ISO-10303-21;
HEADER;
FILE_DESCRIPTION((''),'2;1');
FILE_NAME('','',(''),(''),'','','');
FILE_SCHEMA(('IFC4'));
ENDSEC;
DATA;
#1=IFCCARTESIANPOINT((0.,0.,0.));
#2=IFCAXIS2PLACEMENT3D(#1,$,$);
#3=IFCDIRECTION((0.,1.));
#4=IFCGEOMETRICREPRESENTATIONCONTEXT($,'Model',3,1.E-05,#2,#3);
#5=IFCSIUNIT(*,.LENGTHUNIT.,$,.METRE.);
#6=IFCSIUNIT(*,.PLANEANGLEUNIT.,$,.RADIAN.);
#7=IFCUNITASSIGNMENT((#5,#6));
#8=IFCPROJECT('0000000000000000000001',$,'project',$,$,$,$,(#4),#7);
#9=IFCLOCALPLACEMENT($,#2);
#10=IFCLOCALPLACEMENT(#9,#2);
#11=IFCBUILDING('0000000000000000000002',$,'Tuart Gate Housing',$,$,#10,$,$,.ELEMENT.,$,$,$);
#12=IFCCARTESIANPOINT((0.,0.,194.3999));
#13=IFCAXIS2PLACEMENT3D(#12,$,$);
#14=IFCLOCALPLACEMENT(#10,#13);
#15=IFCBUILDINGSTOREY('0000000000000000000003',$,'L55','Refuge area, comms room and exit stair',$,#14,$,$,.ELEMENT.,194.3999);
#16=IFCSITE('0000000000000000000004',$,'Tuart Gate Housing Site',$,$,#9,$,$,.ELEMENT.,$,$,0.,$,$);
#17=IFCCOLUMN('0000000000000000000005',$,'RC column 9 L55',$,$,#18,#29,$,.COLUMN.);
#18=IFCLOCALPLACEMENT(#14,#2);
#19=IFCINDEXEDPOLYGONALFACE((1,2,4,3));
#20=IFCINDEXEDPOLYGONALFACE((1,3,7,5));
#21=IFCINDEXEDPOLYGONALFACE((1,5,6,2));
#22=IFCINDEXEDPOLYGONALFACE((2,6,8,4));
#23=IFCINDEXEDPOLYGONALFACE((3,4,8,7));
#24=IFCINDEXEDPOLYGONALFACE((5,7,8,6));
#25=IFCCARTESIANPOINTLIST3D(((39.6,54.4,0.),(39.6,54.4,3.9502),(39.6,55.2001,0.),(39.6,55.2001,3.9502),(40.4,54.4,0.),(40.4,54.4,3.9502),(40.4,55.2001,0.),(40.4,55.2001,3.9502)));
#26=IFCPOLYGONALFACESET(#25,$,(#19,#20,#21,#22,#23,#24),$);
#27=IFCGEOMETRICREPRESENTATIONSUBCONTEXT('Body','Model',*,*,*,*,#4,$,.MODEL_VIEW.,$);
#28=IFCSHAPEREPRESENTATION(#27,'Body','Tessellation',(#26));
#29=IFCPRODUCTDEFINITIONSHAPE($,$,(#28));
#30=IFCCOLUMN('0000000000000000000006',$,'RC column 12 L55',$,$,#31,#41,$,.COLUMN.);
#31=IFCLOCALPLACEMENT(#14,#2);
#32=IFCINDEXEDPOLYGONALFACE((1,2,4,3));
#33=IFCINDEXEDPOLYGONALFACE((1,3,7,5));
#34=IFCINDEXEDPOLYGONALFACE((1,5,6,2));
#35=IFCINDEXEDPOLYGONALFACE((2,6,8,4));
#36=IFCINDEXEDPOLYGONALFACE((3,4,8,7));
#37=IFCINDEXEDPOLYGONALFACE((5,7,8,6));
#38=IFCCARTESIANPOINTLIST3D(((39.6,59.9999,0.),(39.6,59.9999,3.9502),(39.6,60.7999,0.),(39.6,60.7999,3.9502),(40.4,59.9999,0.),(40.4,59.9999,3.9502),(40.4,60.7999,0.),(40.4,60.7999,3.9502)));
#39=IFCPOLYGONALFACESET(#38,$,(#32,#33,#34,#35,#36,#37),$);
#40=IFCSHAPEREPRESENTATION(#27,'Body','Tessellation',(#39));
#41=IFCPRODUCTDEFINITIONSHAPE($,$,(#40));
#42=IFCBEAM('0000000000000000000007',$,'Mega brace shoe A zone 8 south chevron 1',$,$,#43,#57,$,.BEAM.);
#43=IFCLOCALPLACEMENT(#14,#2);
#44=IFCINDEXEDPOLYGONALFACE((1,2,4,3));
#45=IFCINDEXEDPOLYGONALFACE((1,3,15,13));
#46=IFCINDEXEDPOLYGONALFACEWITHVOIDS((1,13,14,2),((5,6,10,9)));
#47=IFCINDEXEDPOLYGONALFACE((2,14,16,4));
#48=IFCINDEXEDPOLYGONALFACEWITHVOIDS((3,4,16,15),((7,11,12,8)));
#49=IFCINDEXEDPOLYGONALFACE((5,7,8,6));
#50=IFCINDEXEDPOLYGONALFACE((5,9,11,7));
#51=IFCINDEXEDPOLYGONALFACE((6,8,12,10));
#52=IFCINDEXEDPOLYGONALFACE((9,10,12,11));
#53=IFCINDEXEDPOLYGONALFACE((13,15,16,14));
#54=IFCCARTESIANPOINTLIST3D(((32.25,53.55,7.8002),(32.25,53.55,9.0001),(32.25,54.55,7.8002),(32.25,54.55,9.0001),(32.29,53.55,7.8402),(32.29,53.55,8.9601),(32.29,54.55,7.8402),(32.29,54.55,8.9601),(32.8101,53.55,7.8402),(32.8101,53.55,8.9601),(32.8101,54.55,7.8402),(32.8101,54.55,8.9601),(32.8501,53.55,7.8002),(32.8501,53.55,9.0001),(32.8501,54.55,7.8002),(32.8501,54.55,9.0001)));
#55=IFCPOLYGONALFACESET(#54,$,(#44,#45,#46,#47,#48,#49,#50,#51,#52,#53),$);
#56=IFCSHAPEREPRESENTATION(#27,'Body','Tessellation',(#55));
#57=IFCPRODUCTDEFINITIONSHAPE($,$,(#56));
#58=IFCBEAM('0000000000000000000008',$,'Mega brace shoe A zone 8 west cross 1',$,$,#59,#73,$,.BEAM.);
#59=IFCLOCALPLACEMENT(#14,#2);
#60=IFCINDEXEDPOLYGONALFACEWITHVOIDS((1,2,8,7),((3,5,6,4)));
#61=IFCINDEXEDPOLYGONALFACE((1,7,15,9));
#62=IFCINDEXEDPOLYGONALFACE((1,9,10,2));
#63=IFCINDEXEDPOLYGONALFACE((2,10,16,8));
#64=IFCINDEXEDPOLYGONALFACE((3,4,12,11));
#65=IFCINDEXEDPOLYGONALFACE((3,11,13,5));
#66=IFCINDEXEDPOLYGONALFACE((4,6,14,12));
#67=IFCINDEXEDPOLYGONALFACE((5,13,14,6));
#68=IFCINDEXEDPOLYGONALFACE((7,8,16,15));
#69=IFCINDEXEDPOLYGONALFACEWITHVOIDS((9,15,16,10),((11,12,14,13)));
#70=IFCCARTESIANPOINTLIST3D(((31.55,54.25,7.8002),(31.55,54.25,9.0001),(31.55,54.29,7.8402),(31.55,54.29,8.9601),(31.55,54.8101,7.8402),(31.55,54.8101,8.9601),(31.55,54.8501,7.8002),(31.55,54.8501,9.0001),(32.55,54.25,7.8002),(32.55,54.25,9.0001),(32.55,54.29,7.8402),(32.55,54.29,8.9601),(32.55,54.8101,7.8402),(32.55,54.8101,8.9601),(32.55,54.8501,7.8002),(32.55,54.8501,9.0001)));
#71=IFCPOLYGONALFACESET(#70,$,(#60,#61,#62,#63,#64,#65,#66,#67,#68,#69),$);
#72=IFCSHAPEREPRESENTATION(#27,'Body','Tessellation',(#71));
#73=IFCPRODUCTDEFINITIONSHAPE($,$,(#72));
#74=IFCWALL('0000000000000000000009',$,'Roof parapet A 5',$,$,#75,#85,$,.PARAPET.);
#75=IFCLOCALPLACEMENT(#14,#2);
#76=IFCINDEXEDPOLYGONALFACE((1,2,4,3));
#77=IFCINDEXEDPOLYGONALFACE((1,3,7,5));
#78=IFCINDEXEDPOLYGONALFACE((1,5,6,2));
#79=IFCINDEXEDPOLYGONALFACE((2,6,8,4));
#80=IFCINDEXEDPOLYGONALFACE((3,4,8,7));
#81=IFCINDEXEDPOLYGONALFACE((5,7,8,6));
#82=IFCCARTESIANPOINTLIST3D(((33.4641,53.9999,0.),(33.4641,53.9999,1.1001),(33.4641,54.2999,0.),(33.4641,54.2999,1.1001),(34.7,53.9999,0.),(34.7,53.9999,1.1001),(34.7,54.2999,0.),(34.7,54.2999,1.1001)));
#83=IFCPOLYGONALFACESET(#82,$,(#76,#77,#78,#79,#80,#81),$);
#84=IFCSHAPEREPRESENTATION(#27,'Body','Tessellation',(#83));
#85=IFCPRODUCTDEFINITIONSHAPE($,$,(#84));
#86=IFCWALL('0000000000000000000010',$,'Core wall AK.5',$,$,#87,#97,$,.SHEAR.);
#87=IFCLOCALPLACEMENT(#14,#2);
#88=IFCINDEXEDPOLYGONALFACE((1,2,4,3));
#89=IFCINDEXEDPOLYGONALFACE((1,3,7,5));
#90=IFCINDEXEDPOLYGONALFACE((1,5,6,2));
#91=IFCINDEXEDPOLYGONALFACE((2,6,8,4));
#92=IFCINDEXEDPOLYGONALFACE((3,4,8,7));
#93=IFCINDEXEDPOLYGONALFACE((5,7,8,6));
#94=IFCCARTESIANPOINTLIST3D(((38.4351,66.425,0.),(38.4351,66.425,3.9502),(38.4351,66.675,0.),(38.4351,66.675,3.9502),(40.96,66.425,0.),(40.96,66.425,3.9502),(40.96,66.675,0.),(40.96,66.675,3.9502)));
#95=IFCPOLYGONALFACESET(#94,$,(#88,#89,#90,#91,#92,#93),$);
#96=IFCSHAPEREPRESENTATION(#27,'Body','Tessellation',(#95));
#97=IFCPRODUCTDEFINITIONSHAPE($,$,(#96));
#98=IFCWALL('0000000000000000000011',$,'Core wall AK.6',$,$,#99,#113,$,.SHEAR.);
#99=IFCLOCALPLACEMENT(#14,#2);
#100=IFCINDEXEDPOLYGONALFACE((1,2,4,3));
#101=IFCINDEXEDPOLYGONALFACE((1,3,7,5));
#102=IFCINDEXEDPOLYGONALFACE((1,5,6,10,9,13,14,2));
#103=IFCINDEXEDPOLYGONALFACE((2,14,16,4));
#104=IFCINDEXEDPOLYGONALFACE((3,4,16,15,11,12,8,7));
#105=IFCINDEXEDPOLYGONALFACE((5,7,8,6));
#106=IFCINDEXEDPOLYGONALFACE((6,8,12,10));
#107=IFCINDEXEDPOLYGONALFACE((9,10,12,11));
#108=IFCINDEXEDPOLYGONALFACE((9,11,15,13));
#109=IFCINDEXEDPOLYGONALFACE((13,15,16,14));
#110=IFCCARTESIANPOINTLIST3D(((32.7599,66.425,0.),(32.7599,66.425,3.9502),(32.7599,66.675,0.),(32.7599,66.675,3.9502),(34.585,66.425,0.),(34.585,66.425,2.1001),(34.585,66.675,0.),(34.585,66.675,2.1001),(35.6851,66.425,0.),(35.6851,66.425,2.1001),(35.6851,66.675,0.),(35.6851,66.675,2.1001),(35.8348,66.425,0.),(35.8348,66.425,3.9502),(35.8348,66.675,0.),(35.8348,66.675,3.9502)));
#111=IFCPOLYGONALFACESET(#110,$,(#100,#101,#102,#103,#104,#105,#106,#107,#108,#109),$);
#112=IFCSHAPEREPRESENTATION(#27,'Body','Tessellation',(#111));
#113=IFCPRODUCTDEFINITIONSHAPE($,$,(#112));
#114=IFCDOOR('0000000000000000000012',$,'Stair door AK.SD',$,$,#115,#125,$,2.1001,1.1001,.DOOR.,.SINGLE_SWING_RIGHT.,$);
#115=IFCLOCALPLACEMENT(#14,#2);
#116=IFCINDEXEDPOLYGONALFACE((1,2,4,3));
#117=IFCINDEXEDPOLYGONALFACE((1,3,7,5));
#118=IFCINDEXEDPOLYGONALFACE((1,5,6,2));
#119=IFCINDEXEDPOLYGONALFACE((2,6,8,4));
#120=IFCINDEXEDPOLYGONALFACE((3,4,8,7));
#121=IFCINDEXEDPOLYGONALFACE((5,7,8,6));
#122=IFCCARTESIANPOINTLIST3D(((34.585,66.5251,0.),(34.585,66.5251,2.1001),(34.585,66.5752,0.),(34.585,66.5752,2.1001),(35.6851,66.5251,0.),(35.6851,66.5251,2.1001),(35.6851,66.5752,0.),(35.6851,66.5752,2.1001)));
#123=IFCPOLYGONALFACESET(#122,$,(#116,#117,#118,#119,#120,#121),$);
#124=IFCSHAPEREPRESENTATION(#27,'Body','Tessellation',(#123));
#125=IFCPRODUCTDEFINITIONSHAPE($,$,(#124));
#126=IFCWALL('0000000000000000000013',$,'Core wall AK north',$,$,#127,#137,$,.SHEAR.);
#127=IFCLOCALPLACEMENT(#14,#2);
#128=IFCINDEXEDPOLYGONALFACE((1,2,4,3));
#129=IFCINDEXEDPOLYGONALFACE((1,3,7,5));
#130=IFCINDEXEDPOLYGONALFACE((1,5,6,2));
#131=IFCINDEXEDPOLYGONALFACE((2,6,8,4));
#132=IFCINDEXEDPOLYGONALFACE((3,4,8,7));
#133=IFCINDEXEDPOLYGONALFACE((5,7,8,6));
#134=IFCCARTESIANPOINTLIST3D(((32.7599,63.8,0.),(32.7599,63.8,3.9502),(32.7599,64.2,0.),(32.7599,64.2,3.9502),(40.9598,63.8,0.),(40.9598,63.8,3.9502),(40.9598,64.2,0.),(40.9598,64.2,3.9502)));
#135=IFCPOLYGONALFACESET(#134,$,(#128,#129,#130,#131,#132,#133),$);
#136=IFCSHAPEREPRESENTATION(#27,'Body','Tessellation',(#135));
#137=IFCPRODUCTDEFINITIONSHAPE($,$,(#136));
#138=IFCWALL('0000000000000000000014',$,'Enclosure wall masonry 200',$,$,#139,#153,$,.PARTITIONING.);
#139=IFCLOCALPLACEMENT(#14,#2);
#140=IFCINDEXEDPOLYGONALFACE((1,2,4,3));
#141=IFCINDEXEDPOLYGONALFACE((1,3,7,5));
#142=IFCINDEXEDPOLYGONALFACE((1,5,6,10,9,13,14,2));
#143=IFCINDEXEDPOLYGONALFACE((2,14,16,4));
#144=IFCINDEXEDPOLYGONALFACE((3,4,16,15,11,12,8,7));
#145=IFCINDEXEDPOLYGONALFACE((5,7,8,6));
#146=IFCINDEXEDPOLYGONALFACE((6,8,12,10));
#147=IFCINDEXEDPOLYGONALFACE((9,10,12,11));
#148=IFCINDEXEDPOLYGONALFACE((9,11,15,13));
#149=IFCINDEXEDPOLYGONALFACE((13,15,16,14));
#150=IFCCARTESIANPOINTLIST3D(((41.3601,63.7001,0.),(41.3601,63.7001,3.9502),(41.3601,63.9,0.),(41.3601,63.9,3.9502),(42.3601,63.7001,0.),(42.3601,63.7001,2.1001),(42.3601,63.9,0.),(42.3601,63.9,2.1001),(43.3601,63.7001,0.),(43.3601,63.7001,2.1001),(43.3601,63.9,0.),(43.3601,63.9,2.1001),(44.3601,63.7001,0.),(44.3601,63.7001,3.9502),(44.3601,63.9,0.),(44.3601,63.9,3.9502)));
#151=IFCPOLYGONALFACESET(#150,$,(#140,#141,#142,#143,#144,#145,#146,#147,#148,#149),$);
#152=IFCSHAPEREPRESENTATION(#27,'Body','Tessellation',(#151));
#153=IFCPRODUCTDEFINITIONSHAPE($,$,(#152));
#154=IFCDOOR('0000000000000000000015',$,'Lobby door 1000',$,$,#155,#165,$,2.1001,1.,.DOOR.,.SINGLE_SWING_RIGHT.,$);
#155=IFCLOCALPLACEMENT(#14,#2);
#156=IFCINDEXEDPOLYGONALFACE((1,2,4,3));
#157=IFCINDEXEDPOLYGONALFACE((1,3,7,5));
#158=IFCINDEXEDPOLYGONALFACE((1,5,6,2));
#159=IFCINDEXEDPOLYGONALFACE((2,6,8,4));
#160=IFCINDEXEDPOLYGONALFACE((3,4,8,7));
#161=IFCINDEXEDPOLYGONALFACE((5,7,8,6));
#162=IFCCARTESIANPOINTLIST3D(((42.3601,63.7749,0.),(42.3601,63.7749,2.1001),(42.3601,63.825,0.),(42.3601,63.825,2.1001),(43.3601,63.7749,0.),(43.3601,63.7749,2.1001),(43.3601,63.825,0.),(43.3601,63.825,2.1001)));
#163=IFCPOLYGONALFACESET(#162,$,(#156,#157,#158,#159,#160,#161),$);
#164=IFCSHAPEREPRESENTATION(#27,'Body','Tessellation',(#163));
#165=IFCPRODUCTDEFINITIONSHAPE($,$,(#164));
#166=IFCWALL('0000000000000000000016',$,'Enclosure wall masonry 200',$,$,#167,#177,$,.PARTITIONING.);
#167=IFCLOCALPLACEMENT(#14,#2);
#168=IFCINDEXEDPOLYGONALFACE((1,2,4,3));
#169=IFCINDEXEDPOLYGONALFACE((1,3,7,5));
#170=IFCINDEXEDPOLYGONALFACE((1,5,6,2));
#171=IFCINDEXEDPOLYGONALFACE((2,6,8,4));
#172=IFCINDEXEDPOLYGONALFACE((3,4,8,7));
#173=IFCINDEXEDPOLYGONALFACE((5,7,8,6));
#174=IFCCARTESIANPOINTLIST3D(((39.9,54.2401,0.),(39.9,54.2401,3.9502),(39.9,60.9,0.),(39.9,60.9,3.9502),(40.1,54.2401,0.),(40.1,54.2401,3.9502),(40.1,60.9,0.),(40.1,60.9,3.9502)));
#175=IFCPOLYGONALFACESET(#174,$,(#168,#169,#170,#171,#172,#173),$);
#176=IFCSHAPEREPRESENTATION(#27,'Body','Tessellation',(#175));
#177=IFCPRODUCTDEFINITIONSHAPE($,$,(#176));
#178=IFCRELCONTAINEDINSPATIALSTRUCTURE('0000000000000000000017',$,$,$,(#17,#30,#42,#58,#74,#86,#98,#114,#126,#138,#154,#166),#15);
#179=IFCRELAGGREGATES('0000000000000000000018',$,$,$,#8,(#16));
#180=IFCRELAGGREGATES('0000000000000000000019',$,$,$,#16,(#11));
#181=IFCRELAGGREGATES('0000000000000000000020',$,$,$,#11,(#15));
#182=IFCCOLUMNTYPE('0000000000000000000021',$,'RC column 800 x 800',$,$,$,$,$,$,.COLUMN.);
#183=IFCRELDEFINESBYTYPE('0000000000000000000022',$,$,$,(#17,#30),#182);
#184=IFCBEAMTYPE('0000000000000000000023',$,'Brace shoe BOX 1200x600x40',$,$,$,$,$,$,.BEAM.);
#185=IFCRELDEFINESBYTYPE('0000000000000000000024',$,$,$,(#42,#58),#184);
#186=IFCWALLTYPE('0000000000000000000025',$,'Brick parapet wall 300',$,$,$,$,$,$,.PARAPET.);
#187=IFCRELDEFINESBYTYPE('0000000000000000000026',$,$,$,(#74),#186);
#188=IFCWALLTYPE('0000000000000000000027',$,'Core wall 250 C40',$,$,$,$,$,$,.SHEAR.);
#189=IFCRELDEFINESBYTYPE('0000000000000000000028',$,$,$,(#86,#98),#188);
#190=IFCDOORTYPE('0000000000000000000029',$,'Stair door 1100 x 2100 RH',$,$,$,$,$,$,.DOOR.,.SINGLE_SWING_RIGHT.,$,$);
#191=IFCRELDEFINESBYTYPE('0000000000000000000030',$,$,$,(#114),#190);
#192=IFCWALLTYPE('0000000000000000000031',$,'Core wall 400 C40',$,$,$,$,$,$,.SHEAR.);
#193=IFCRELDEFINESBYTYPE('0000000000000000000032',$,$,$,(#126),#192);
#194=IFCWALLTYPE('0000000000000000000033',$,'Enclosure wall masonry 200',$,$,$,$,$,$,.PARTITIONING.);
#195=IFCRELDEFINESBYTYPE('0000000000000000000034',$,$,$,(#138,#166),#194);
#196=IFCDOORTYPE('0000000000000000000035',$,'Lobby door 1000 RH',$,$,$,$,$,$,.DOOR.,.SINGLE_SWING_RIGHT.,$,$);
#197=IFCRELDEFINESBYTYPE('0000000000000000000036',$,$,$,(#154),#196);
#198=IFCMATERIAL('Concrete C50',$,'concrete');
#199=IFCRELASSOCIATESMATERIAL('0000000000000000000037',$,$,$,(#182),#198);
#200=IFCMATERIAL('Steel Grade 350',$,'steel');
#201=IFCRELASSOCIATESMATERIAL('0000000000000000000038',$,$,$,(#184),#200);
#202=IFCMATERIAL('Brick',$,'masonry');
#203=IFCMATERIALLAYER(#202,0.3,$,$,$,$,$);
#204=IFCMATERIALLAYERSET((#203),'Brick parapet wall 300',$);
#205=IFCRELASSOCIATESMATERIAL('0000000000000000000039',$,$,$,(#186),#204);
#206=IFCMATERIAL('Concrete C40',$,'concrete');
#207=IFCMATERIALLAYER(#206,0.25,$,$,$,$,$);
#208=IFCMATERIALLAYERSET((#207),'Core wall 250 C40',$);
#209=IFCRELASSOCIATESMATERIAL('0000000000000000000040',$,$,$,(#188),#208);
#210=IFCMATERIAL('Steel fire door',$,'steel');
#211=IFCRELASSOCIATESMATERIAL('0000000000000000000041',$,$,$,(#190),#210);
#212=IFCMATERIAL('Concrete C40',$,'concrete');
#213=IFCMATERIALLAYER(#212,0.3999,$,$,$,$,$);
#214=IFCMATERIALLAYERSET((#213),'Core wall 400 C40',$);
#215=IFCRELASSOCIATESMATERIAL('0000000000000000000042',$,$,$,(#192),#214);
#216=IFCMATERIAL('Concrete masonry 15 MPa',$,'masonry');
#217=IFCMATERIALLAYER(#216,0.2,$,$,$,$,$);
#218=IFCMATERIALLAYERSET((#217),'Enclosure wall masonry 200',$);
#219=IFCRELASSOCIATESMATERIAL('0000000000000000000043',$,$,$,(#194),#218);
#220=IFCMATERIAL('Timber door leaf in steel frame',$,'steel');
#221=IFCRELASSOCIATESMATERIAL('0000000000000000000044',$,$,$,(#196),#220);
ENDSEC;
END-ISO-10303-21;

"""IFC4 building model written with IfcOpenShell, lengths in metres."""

from ifc_helpers import new_model, si_unit, direction, frame, frame_2d, origin, origin_2d, place, context, subcontext, project, spatial, rectangle, hollow_rectangle, extrude, material, layer, layer_set, material_profile, profile_set, type_object, element, fill, save


model = new_model("IFC4")

# Units and contexts
model_context = context("Model", 3, precision=1e-05, world=origin(), true_north=direction((0.0, 1.0)))
body_context = subcontext(model_context, "Body", "Model", "MODEL_VIEW")
ifc_project = project(units=[si_unit("LENGTHUNIT", "METRE"), si_unit("PLANEANGLEUNIT", "RADIAN")], contexts=[model_context])

# Site, building, storey
site_placement = place(None, origin())
site = spatial("IfcSite", under=ifc_project, at=site_placement, Name="Tuart Gate Housing Site", CompositionType="ELEMENT", RefElevation=0.0)
building_placement = place(site_placement, origin())
building = spatial("IfcBuilding", under=site, at=building_placement, Name="Tuart Gate Housing", CompositionType="ELEMENT")
storey_placement = place(building_placement, frame((0.0, 0.0, 194.3999)))
storey = spatial("IfcBuildingStorey", under=building, at=storey_placement, Name="L55", Description="Refuge area, comms room and exit stair", CompositionType="ELEMENT", Elevation=194.3999)

# Columns
ifc_material_1 = material(Name="Concrete C50", Category="concrete")
ifc_material_profile_1 = material_profile(ifc_material_1, rectangle(XDim=0.8, YDim=0.8, at=origin_2d()), Name="RC column 800 x 800")
ifc_profile_set_1 = profile_set([ifc_material_profile_1], Name="Concrete C50")
column_type = type_object("IfcColumnType", Name="RC column 800 x 800", PredefinedType="COLUMN", material=ifc_profile_set_1)
for number, where, z_axis, x_axis, name in (
    (1, (40.0, 54.8, 0.0), (0.0, 0.0, 1.0), (1.0, 0.0, 0.0), "RC column 9 L55"),
    (2, (40.0, 60.3999, 0.0), (0.0, 0.0, 1.0), (1.0, 0.0, 0.0), "RC column 12 L55"),
):
    element("IfcColumn", number, at=place(storey_placement, frame(where, z_axis=z_axis, x_axis=x_axis)), inside=storey, type_object=column_type, Name=name, PredefinedType="COLUMN", context=body_context, shape_type="SweptSolid", body=[
        extrude(rectangle(XDim=0.8, YDim=0.8, at=origin_2d()), origin(), (0.0, 0.0, 1.0), 3.9502),
    ])

# Beams
ifc_material_2 = material(Name="Steel Grade 350", Category="steel")
ifc_material_profile_2 = material_profile(ifc_material_2, hollow_rectangle(XDim=0.6001, YDim=1.2, WallThickness=0.04, at=origin_2d()), Name="BOX 1200x600x40")
ifc_profile_set_2 = profile_set([ifc_material_profile_2], Name="Steel Grade 350")
beam_type = type_object("IfcBeamType", Name="Brace shoe BOX 1200x600x40", PredefinedType="BEAM", material=ifc_profile_set_2)
for number, where, z_axis, x_axis, name in (
    (3, (32.55, 54.55, 8.4001), (0.0, -1.0, 0.0), (1.0, 0.0, 0.0), "Mega brace shoe A zone 8 south chevron 1"),
    (4, (32.55, 54.55, 8.4001), (-1.0, 0.0, 0.0), (0.0, -1.0, 0.0), "Mega brace shoe A zone 8 west cross 1"),
):
    element("IfcBeam", number, at=place(storey_placement, frame(where, z_axis=z_axis, x_axis=x_axis)), inside=storey, type_object=beam_type, Name=name, PredefinedType="BEAM", context=body_context, shape_type="SweptSolid", body=[
        extrude(hollow_rectangle(XDim=0.6001, YDim=1.2, WallThickness=0.04, at=origin_2d()), origin(), (0.0, 0.0, 1.0), 1.0),
    ])

# Wall
ifc_material_3 = material(Name="Brick", Category="masonry")
ifc_layer_1 = layer(ifc_material_3, 0.3)
ifc_layer_set_1 = layer_set([ifc_layer_1], Name="Brick parapet wall 300")
wall_type_1 = type_object("IfcWallType", Name="Brick parapet wall 300", PredefinedType="PARAPET", material=ifc_layer_set_1)
wall_1_placement = place(storey_placement, frame((33.4641, 54.1499, 0.0), z_axis=(0.0, 0.0, 1.0), x_axis=(1.0, 0.0, 0.0)))
element("IfcWall", 5, at=wall_1_placement, inside=storey, type_object=wall_type_1, Name="Roof parapet A 5", PredefinedType="PARAPET", context=body_context, shape_type="SweptSolid", body=[
    extrude(rectangle(XDim=1.2358, YDim=0.3, at=frame_2d((0.6179, 0.0))), origin(), (0.0, 0.0, 1.0), 1.1001),
])

# Wall
ifc_material_4 = material(Name="Concrete C40", Category="concrete")
ifc_layer_2 = layer(ifc_material_4, 0.25)
ifc_layer_set_2 = layer_set([ifc_layer_2], Name="Core wall 250 C40")
wall_type_2 = type_object("IfcWallType", Name="Core wall 250 C40", PredefinedType="SHEAR", material=ifc_layer_set_2)
wall_2_placement = place(storey_placement, frame((40.96, 66.55, 0.0), z_axis=(0.0, 0.0, 1.0), x_axis=(-1.0, 0.0, 0.0)))
element("IfcWall", 6, at=wall_2_placement, inside=storey, type_object=wall_type_2, Name="Core wall AK.5", PredefinedType="SHEAR", context=body_context, shape_type="SweptSolid", body=[
    extrude(rectangle(XDim=2.5249, YDim=0.25, at=frame_2d((1.2625, 0.0))), origin(), (0.0, 0.0, 1.0), 3.9502),
])

# Wall, opening, door
wall_3_placement = place(storey_placement, frame((35.835, 66.55, 0.0), z_axis=(0.0, 0.0, 1.0), x_axis=(-1.0, 0.0, 0.0)))
wall_3 = element("IfcWall", 7, at=wall_3_placement, inside=storey, type_object=wall_type_2, Name="Core wall AK.6", PredefinedType="SHEAR", context=body_context, shape_type="SweptSolid", body=[
    extrude(rectangle(XDim=3.075, YDim=0.25, at=frame_2d((1.5376, 0.0))), origin(), (0.0, 0.0, 1.0), 3.9502),
])
opening_1_placement = place(wall_3_placement, frame((0.1499, 0.0, 0.0)))
opening_1 = element("IfcOpeningElement", 8, at=opening_1_placement, cuts=wall_3, PredefinedType="OPENING", context=body_context, shape_type="SweptSolid", body=[
    extrude(rectangle(XDim=1.1001, YDim=2.1001, at=frame_2d((0.55, 1.05))), frame((0.0, 0.135, 0.0), z_axis=(0.0, -1.0, 0.0), x_axis=(1.0, 0.0, 0.0)), (0.0, 0.0, 1.0), 0.27),
])
ifc_material_5 = material(Name="Steel fire door", Category="steel")
door_type_1 = type_object("IfcDoorType", Name="Stair door 1100 x 2100 RH", OperationType="SINGLE_SWING_RIGHT", PredefinedType="DOOR", material=ifc_material_5)
door_1_placement = place(opening_1_placement, frame((1.1001, 0.0, 0.0), z_axis=(0.0, 0.0, 1.0), x_axis=(-1.0, 0.0, 0.0)))
door_1 = element("IfcDoor", 9, at=door_1_placement, inside=storey, type_object=door_type_1, Name="Stair door AK.SD", OperationType="SINGLE_SWING_RIGHT", OverallHeight=2.1001, OverallWidth=1.1001, PredefinedType="DOOR", context=body_context, shape_type="SweptSolid", body=[
    extrude(rectangle(XDim=1.1001, YDim=2.1001, at=frame_2d((0.55, 1.05))), frame((0.0, 0.0251, 0.0), z_axis=(0.0, -1.0, 0.0), x_axis=(1.0, 0.0, 0.0)), (0.0, 0.0, 1.0), 0.05),
])
fill(opening_1, door_1)

# Wall
ifc_material_6 = material(Name="Concrete C40", Category="concrete")
ifc_layer_3 = layer(ifc_material_6, 0.3999)
ifc_layer_set_3 = layer_set([ifc_layer_3], Name="Core wall 400 C40")
wall_type_3 = type_object("IfcWallType", Name="Core wall 400 C40", PredefinedType="SHEAR", material=ifc_layer_set_3)
wall_4_placement = place(storey_placement, frame((40.96, 64.0, 0.0), z_axis=(0.0, 0.0, 1.0), x_axis=(-1.0, 0.0, 0.0)))
element("IfcWall", 10, at=wall_4_placement, inside=storey, type_object=wall_type_3, Name="Core wall AK north", PredefinedType="SHEAR", context=body_context, shape_type="SweptSolid", body=[
    extrude(rectangle(XDim=8.2, YDim=0.3999, at=frame_2d((4.1001, 0.0))), origin(), (0.0, 0.0, 1.0), 3.9502),
])

# Wall, opening, door
ifc_material_7 = material(Name="Concrete masonry 15 MPa", Category="masonry")
ifc_layer_4 = layer(ifc_material_7, 0.2)
ifc_layer_set_4 = layer_set([ifc_layer_4], Name="Enclosure wall masonry 200")
wall_type_4 = type_object("IfcWallType", Name="Enclosure wall masonry 200", PredefinedType="PARTITIONING", material=ifc_layer_set_4)
wall_5_placement = place(storey_placement, frame((41.3601, 63.8, 0.0), z_axis=(0.0, 0.0, 1.0), x_axis=(1.0, 0.0, 0.0)))
wall_5 = element("IfcWall", 11, at=wall_5_placement, inside=storey, type_object=wall_type_4, Name="Enclosure wall masonry 200", PredefinedType="PARTITIONING", context=body_context, shape_type="SweptSolid", body=[
    extrude(rectangle(XDim=3.0, YDim=0.2, at=frame_2d((1.5, 0.0))), origin(), (0.0, 0.0, 1.0), 3.9502),
])
opening_2_placement = place(wall_5_placement, frame((1.0, 0.0, 0.0)))
opening_2 = element("IfcOpeningElement", 12, at=opening_2_placement, cuts=wall_5, PredefinedType="OPENING", context=body_context, shape_type="SweptSolid", body=[
    extrude(rectangle(XDim=1.0, YDim=2.1001, at=frame_2d((0.5, 1.05))), frame((0.0, 0.1099, 0.0), z_axis=(0.0, -1.0, 0.0), x_axis=(1.0, 0.0, 0.0)), (0.0, 0.0, 1.0), 0.22),
])
ifc_material_8 = material(Name="Timber door leaf in steel frame", Category="steel")
door_type_2 = type_object("IfcDoorType", Name="Lobby door 1000 RH", OperationType="SINGLE_SWING_RIGHT", PredefinedType="DOOR", material=ifc_material_8)
door_2_placement = place(opening_2_placement, origin())
door_2 = element("IfcDoor", 13, at=door_2_placement, inside=storey, type_object=door_type_2, Name="Lobby door 1000", OperationType="SINGLE_SWING_RIGHT", OverallHeight=2.1001, OverallWidth=1.0, PredefinedType="DOOR", context=body_context, shape_type="SweptSolid", body=[
    extrude(rectangle(XDim=1.0, YDim=2.1001, at=frame_2d((0.5, 1.05))), frame((0.0, 0.0249, 0.0), z_axis=(0.0, -1.0, 0.0), x_axis=(1.0, 0.0, 0.0)), (0.0, 0.0, 1.0), 0.05),
])
fill(opening_2, door_2)

# Wall
wall_6_placement = place(storey_placement, frame((40.0, 54.24, 0.0), z_axis=(0.0, 0.0, 1.0), x_axis=(0.0, 1.0, 0.0)))
element("IfcWall", 14, at=wall_6_placement, inside=storey, type_object=wall_type_4, Name="Enclosure wall masonry 200", PredefinedType="PARTITIONING", context=body_context, shape_type="SweptSolid", body=[
    extrude(rectangle(XDim=6.6599, YDim=0.2, at=frame_2d((3.3301, 0.0))), origin(), (0.0, 0.0, 1.0), 3.9502),
])

save(model, "model.ifc")
